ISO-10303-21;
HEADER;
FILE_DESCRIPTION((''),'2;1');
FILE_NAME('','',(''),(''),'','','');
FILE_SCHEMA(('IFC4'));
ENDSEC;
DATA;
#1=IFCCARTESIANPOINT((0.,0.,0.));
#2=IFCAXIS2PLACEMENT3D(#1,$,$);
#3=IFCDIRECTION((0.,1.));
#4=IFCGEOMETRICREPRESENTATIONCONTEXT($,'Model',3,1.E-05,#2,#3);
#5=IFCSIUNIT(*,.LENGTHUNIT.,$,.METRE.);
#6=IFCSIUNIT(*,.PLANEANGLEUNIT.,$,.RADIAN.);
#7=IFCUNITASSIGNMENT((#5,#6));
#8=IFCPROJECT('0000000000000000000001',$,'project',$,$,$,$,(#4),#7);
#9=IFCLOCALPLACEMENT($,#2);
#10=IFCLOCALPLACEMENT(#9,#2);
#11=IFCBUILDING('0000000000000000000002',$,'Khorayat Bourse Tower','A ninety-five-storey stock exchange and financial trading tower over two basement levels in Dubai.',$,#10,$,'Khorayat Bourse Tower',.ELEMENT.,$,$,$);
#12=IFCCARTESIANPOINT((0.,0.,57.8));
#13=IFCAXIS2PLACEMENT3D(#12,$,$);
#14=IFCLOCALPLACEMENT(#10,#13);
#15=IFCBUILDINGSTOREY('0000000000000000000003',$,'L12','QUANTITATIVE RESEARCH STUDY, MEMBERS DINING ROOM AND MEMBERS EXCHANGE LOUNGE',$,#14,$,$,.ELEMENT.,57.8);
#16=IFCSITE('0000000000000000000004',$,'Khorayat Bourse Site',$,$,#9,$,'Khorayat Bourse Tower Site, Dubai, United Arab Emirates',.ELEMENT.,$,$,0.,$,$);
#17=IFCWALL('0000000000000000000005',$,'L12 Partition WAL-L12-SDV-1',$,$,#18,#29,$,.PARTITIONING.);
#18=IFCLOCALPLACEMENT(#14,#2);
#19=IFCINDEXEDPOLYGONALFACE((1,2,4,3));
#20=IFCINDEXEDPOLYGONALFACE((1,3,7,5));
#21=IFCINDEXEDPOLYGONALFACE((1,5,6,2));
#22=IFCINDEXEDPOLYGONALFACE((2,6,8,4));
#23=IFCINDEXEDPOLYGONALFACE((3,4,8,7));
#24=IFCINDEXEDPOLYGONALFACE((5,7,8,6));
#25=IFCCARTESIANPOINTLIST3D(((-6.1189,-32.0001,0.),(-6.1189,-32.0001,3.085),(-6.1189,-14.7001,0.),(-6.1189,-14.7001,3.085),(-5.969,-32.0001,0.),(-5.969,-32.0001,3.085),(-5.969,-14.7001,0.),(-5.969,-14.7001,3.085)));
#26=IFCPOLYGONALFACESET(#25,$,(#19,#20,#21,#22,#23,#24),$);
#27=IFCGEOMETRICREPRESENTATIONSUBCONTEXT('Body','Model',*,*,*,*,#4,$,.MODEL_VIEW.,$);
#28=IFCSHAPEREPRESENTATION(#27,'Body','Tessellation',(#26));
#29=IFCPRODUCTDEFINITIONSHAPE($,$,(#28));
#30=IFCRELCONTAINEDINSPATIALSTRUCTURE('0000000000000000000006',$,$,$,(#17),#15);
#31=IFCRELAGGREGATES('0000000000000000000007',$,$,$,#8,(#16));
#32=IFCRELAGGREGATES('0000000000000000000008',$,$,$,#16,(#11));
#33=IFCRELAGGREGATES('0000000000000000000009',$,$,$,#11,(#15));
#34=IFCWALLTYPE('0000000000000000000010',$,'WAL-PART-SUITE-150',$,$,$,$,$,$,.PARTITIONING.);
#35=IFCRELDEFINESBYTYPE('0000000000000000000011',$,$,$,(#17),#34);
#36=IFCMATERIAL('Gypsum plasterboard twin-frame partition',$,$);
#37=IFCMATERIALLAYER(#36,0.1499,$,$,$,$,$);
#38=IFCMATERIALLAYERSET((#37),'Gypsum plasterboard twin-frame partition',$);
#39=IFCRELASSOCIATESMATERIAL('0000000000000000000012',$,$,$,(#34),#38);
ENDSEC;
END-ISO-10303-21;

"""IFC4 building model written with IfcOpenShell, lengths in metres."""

from ifc_helpers import new_model, si_unit, direction, frame, frame_2d, origin, place, context, subcontext, project, spatial, rectangle, extrude, source, transform, mapped, material, layer, layer_set, type_object, element, save


model = new_model("IFC4")

# Units and contexts
model_context = context("Model", 3, precision=1e-05, world=origin(), true_north=direction((0.0, 1.0)))
body_context = subcontext(model_context, "Body", "Model", "MODEL_VIEW")
ifc_project = project(units=[si_unit("LENGTHUNIT", "METRE"), si_unit("PLANEANGLEUNIT", "RADIAN")], contexts=[model_context])

# Site, building, storey
site_placement = place(None, origin())
site = spatial("IfcSite", under=ifc_project, at=site_placement, Name="Khorayat Bourse Site", LongName="Khorayat Bourse Tower Site, Dubai, United Arab Emirates", CompositionType="ELEMENT", RefElevation=0.0)
building_placement = place(site_placement, origin())
building = spatial("IfcBuilding", under=site, at=building_placement, Name="Khorayat Bourse Tower", Description="A ninety-five-storey stock exchange and financial trading tower over two basement levels in Dubai.", LongName="Khorayat Bourse Tower", CompositionType="ELEMENT")
storey_placement = place(building_placement, frame((0.0, 0.0, 57.8)))
storey = spatial("IfcBuildingStorey", under=building, at=storey_placement, Name="L12", Description="QUANTITATIVE RESEARCH STUDY, MEMBERS DINING ROOM AND MEMBERS EXCHANGE LOUNGE", CompositionType="ELEMENT", Elevation=57.8)

# Shared definitions
ifc_material_1 = material(Name="Gypsum plasterboard twin-frame partition")
ifc_layer_1 = layer(ifc_material_1, 0.1499)
ifc_layer_set_1 = layer_set([ifc_layer_1], Name="Gypsum plasterboard twin-frame partition")
wall_type_1 = type_object("IfcWallType", Name="WAL-PART-SUITE-150", PredefinedType="PARTITIONING", material=ifc_layer_set_1)

# Wall
shared_shape_1 = source(origin(), body_context, "Body", "SweptSolid", [
    extrude(rectangle(XDim=17.3, YDim=0.1499, at=frame_2d((8.6499, 0.0))), origin(), (0.0, 0.0, 1.0), 3.085),
])
wall_1_placement = place(storey_placement, frame((-6.0439, -32.0, 0.0), z_axis=(0.0, 0.0, 1.0), x_axis=(0.0, 1.0, 0.0)))
element("IfcWall", 1, at=wall_1_placement, inside=storey, type_object=wall_type_1, Name="L12 Partition WAL-L12-SDV-1", PredefinedType="PARTITIONING", context=body_context, shape_type="MappedRepresentation", body=[
    mapped(shared_shape_1, transform((0.0, 0.0, 0.0), scale=1.0)),
])

save(model, "model.ifc")
